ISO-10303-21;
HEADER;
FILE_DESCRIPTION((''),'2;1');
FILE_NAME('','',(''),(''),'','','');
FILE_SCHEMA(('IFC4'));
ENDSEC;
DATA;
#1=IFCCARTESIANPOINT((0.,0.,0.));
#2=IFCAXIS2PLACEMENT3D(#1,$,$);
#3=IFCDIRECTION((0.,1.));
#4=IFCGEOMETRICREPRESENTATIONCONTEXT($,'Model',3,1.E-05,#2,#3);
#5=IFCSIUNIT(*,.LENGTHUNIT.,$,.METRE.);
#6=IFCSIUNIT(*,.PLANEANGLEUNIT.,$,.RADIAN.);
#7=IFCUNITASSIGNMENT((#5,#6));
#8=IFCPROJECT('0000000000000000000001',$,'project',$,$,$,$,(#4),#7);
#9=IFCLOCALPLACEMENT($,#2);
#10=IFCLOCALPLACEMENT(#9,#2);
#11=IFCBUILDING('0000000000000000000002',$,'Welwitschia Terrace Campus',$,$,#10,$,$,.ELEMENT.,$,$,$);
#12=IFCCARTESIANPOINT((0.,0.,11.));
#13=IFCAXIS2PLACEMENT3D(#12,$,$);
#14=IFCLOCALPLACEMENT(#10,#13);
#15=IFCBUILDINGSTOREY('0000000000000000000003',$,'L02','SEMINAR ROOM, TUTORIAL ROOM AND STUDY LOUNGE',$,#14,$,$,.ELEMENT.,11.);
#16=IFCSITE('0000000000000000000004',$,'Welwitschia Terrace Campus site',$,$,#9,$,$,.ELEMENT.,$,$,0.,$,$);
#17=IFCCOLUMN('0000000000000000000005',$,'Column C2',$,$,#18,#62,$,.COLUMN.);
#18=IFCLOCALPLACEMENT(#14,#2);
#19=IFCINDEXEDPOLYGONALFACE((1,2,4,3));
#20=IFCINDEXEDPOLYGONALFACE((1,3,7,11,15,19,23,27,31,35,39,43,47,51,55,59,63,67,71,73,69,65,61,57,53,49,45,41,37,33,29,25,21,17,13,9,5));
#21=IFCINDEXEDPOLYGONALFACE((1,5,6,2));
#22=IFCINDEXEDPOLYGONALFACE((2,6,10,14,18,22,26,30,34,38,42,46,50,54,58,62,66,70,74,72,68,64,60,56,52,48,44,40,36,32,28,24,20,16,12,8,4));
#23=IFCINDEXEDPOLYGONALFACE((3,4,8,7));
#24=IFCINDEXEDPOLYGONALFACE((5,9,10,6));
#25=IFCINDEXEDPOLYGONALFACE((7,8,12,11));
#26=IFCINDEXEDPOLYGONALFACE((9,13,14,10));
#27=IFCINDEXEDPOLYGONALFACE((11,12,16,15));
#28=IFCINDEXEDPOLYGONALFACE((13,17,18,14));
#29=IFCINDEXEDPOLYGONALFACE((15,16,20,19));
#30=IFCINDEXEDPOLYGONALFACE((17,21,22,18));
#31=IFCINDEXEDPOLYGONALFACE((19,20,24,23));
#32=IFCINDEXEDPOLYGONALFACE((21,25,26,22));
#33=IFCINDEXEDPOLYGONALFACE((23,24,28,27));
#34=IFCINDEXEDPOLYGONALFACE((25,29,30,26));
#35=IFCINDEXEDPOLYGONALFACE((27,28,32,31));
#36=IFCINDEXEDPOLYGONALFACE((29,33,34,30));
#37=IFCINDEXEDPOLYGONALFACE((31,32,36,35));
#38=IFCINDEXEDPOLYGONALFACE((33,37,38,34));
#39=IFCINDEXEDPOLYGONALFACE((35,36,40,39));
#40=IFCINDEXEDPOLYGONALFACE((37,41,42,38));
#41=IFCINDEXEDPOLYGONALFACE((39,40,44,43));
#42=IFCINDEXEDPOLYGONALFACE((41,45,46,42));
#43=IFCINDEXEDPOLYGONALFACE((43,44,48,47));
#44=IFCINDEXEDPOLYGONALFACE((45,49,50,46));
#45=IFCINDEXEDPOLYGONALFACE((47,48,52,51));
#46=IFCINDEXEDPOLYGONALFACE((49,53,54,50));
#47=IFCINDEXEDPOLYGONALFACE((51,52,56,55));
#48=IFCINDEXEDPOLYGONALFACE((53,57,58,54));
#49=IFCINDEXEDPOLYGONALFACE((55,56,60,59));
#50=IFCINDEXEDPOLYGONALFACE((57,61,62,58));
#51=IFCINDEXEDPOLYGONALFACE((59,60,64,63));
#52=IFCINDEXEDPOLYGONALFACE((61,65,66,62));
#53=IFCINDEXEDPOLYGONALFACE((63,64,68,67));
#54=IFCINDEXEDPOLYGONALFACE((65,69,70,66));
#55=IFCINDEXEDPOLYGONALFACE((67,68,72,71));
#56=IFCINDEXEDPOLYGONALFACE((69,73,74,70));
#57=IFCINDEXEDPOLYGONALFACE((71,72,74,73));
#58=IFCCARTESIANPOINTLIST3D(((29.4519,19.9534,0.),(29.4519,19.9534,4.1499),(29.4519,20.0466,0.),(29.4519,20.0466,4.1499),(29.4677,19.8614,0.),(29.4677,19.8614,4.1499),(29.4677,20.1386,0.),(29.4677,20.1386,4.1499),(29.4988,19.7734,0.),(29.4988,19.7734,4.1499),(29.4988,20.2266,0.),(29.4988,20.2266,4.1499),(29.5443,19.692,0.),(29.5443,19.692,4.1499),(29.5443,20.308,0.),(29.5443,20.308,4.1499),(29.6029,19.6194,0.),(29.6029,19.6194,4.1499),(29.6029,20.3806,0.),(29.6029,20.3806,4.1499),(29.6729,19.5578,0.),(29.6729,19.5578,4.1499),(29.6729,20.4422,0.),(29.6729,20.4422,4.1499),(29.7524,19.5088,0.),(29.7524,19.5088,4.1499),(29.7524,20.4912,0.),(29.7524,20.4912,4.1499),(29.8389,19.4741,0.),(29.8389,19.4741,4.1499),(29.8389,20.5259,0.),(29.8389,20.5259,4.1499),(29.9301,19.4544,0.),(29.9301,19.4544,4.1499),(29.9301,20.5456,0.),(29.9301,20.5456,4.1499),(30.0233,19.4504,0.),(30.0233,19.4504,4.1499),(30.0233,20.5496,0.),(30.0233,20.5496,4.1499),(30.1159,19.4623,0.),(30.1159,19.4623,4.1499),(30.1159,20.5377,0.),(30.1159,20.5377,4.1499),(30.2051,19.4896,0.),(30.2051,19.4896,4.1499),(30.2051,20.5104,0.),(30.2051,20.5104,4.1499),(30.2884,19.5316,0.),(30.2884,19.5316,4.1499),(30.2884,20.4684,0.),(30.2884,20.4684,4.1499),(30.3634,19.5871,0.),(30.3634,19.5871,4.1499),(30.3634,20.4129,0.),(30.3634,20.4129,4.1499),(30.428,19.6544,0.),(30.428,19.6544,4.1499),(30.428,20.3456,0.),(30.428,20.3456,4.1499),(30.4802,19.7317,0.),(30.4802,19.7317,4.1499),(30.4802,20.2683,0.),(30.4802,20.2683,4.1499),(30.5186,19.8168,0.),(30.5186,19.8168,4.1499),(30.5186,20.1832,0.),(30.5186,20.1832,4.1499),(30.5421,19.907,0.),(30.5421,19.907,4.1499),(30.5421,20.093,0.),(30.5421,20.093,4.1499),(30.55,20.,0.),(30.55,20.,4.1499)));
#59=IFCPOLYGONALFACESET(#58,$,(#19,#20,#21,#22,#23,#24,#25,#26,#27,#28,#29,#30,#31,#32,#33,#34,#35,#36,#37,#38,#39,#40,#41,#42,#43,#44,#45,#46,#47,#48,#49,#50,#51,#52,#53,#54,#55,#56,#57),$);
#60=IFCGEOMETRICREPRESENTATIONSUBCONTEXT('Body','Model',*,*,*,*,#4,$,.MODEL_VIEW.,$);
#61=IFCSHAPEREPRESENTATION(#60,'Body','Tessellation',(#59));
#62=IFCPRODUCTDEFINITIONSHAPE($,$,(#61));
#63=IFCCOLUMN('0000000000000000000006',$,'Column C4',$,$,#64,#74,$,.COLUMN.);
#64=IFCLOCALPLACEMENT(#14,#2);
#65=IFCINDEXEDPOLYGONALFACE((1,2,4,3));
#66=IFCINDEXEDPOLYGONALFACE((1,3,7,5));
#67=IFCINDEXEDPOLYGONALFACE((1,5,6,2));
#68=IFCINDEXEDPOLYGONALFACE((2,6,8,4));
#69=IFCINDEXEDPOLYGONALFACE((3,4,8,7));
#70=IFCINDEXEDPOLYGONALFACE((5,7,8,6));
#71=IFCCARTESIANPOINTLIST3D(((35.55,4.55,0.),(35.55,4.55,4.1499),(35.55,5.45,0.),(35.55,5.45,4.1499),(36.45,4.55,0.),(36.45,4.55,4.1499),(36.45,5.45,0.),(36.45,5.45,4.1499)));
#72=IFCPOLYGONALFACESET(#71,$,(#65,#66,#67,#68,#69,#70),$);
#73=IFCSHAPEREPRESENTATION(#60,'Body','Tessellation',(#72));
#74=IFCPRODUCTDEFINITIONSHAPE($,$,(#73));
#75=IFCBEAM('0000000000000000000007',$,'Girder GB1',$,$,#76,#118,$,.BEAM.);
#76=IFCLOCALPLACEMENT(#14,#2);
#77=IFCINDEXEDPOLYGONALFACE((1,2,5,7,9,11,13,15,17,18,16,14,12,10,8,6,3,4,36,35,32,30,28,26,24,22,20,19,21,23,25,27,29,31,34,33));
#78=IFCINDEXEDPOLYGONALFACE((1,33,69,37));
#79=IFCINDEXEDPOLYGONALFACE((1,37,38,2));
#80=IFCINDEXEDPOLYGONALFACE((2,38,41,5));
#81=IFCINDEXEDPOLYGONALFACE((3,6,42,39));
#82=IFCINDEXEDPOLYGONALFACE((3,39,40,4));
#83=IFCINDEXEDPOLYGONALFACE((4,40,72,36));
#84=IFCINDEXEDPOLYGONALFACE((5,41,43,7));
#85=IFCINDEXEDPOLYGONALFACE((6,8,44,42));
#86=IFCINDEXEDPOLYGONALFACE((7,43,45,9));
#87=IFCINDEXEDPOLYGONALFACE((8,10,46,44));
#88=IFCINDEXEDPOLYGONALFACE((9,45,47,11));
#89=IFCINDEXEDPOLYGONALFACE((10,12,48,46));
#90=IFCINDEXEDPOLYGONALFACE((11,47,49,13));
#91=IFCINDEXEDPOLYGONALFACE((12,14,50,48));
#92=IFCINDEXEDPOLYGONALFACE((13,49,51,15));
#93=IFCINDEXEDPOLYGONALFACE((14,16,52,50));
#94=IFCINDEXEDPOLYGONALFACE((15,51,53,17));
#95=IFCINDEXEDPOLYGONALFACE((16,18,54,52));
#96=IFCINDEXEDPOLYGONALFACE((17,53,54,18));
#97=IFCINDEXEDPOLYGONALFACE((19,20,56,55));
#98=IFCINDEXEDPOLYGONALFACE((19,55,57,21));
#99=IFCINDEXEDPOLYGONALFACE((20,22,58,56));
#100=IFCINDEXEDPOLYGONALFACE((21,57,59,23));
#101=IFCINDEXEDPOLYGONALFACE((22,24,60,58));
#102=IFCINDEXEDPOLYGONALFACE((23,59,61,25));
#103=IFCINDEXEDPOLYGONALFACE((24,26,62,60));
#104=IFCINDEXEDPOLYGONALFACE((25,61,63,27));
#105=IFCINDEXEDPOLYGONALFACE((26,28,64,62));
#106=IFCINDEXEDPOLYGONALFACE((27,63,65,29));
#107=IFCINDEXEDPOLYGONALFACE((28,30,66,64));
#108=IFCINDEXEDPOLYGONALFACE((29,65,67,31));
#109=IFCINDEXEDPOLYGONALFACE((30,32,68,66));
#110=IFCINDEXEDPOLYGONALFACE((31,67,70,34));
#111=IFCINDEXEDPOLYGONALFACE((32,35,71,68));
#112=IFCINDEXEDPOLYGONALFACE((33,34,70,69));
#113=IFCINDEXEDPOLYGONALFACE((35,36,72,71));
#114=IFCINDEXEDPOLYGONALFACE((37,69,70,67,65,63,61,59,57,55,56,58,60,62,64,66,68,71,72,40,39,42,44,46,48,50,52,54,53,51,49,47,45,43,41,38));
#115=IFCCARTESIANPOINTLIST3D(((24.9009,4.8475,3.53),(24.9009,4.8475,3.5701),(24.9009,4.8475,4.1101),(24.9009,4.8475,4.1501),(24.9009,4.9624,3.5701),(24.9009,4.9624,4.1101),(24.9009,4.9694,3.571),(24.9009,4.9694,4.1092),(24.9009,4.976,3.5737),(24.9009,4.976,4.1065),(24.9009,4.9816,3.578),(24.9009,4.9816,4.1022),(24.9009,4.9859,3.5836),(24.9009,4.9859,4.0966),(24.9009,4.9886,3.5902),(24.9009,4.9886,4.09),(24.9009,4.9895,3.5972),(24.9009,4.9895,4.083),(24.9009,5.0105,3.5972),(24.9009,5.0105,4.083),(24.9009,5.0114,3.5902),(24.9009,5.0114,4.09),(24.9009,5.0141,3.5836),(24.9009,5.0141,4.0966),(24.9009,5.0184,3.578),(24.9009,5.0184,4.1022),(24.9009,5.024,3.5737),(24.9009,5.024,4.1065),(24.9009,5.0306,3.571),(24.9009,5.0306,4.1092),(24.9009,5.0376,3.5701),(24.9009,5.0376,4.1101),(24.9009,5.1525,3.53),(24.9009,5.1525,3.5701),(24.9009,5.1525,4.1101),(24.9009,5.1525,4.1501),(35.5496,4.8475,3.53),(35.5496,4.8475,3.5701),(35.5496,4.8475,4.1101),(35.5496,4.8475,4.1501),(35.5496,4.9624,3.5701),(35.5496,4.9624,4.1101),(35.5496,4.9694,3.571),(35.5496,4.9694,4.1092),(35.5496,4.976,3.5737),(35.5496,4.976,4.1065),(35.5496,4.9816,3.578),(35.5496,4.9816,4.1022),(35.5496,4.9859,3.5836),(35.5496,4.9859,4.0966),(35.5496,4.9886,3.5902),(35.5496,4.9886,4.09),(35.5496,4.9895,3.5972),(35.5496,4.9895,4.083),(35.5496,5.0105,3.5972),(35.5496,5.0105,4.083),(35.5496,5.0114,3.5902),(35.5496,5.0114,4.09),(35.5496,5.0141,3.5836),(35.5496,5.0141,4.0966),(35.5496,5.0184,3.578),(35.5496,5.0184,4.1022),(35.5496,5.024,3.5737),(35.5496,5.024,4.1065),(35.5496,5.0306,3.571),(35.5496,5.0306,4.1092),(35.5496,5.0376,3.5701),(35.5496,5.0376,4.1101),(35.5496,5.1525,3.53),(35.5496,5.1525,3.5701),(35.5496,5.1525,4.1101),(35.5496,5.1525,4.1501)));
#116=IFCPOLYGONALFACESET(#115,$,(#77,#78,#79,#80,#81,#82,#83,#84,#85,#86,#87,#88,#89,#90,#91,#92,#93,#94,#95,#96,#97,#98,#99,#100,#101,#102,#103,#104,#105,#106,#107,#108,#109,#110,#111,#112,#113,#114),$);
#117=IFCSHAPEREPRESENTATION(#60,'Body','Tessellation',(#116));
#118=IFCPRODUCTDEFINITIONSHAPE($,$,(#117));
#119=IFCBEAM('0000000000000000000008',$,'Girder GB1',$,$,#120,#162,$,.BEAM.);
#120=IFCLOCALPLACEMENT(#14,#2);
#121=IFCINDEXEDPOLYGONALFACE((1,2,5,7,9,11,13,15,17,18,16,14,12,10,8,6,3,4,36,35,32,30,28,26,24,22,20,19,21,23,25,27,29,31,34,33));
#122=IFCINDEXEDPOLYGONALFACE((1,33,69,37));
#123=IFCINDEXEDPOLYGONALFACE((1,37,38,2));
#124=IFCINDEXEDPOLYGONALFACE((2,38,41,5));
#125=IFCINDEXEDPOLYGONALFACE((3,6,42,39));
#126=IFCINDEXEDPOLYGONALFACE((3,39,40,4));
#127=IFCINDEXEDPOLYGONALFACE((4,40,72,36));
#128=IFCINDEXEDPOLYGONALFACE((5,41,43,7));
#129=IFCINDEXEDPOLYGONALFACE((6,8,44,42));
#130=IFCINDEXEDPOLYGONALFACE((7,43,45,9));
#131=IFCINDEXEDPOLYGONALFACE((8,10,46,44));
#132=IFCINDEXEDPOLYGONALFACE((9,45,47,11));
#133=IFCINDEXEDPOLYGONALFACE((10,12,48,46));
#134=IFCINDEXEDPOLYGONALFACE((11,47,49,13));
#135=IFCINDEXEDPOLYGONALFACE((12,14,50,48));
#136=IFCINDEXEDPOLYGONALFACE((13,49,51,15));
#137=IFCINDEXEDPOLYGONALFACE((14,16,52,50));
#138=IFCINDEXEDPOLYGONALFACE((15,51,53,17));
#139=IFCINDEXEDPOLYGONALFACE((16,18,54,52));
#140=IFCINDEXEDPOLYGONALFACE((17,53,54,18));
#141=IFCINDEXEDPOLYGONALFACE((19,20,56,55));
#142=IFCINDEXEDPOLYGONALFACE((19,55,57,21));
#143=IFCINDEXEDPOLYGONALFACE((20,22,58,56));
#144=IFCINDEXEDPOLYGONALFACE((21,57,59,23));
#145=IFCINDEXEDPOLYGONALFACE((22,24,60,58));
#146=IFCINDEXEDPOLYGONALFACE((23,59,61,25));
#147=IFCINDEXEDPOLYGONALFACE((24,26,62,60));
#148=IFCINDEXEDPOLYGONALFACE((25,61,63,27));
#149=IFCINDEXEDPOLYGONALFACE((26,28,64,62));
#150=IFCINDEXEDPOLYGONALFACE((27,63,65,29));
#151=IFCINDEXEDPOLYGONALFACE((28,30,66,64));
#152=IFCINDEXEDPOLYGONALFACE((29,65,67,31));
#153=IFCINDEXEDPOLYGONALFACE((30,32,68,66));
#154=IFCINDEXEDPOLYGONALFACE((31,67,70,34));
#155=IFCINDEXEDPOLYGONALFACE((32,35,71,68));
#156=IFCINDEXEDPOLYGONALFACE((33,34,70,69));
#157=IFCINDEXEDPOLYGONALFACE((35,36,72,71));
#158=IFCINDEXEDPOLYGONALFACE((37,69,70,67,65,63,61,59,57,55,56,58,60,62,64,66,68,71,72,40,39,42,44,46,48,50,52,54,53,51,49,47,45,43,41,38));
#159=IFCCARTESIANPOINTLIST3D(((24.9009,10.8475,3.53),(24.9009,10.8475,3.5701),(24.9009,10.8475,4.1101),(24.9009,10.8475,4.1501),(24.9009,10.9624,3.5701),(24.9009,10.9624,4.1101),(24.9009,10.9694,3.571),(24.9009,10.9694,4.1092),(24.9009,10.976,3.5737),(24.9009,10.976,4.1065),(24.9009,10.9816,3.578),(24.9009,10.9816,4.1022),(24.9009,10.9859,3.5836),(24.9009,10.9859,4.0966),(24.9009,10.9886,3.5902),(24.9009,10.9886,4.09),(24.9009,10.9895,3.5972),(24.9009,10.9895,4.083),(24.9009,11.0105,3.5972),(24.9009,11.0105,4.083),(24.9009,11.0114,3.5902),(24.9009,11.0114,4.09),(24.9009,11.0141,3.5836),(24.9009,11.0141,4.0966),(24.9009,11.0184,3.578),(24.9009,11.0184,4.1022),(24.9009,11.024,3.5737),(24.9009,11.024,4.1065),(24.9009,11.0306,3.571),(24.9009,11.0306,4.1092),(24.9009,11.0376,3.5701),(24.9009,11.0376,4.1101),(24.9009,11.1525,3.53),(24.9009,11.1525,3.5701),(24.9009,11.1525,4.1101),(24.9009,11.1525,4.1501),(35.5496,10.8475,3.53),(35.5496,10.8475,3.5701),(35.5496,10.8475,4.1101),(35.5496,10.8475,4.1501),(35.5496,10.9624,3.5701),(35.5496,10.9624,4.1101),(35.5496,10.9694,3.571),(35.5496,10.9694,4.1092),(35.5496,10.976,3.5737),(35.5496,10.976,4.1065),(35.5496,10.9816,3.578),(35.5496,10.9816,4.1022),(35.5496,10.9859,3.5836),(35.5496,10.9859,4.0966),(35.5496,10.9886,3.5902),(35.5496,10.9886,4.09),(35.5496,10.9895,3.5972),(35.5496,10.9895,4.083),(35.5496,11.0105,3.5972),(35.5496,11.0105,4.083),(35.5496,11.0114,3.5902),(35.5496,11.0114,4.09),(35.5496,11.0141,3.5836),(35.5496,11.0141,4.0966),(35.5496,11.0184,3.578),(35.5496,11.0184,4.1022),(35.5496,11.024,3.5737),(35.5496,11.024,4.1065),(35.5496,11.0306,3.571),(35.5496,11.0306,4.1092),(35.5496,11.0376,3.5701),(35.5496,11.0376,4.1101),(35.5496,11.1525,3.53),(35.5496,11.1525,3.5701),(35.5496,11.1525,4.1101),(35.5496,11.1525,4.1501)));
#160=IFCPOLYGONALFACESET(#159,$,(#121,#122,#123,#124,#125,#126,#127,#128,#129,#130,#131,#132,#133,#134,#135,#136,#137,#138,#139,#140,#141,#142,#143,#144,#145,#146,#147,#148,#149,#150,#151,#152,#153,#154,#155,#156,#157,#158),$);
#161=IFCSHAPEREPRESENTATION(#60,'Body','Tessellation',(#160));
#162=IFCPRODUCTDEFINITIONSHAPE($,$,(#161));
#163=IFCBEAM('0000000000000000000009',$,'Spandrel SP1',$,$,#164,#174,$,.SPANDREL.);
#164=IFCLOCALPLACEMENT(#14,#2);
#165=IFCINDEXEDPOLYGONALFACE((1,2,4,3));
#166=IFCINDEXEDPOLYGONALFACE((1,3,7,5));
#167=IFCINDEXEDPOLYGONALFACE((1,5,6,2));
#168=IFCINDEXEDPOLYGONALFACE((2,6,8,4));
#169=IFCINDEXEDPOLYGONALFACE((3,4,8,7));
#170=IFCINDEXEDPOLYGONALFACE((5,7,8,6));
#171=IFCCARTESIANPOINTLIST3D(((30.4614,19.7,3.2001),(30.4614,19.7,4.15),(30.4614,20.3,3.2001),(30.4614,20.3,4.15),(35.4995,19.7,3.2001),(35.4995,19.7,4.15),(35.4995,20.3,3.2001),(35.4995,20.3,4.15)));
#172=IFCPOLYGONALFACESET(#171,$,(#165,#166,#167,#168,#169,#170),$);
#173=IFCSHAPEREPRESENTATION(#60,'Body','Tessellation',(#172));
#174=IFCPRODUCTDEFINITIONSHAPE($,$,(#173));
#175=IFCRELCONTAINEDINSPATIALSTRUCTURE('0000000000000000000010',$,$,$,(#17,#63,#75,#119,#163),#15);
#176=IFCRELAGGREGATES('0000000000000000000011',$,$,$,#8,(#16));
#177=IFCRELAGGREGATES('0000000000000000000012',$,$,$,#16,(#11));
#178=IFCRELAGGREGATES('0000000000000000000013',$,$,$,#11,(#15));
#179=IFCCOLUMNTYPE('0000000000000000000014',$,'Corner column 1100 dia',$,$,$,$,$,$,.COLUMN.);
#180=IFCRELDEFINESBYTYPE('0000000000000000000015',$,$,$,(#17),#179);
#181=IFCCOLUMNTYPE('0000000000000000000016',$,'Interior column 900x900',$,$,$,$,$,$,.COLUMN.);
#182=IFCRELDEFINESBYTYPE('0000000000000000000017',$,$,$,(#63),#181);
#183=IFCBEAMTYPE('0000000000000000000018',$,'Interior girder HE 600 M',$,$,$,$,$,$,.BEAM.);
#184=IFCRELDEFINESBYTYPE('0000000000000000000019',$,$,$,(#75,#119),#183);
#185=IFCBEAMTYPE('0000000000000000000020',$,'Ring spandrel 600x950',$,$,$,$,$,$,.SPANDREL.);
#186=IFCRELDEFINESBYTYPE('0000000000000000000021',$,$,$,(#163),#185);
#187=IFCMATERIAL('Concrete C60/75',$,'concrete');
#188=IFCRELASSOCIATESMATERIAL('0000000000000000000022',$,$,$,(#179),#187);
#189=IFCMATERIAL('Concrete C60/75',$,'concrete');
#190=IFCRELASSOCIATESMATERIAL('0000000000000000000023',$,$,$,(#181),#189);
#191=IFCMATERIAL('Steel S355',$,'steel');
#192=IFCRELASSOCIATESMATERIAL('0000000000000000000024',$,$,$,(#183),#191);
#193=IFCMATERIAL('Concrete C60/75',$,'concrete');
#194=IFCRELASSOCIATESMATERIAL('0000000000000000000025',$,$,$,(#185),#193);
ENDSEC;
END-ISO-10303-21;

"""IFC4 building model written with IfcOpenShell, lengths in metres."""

from ifc_helpers import new_model, si_unit, direction, frame, origin, origin_2d, place, context, subcontext, project, spatial, rectangle, circle, i_section, extrude, material, material_profile, profile_set, type_object, element, save


model = new_model("IFC4")

# Units and contexts
model_context = context("Model", 3, precision=1e-05, world=origin(), true_north=direction((0.0, 1.0)))
body_context = subcontext(model_context, "Body", "Model", "MODEL_VIEW")
ifc_project = project(units=[si_unit("LENGTHUNIT", "METRE"), si_unit("PLANEANGLEUNIT", "RADIAN")], contexts=[model_context])

# Site, building, storey
site_placement = place(None, origin())
site = spatial("IfcSite", under=ifc_project, at=site_placement, Name="Welwitschia Terrace Campus site", CompositionType="ELEMENT", RefElevation=0.0)
building_placement = place(site_placement, origin())
building = spatial("IfcBuilding", under=site, at=building_placement, Name="Welwitschia Terrace Campus", CompositionType="ELEMENT")
storey_placement = place(building_placement, frame((0.0, 0.0, 11.0)))
storey = spatial("IfcBuildingStorey", under=building, at=storey_placement, Name="L02", Description="SEMINAR ROOM, TUTORIAL ROOM AND STUDY LOUNGE", CompositionType="ELEMENT", Elevation=11.0)

# Columns
ifc_material_1 = material(Name="Concrete C60/75", Category="concrete")
ifc_material_profile_1 = material_profile(ifc_material_1, circle(Radius=0.55, at=origin_2d()))
ifc_profile_set_1 = profile_set([ifc_material_profile_1], Name="Concrete C60/75")
column_type_1 = type_object("IfcColumnType", Name="Corner column 1100 dia", PredefinedType="COLUMN", material=ifc_profile_set_1)
column_1_placement = place(storey_placement, frame((30.0, 20.0, 0.0), z_axis=(0.0, 0.0, 1.0), x_axis=(1.0, 0.0, 0.0)))
element("IfcColumn", 1, at=column_1_placement, inside=storey, type_object=column_type_1, Name="Column C2", PredefinedType="COLUMN", context=body_context, shape_type="SweptSolid", body=[
    extrude(circle(Radius=0.55, at=origin_2d()), origin(), (0.0, 0.0, 1.0), 4.1499),
])
ifc_material_2 = material(Name="Concrete C60/75", Category="concrete")
ifc_material_profile_2 = material_profile(ifc_material_2, rectangle(XDim=0.8999, YDim=0.8999, at=origin_2d()))
ifc_profile_set_2 = profile_set([ifc_material_profile_2], Name="Concrete C60/75")
column_type_2 = type_object("IfcColumnType", Name="Interior column 900x900", PredefinedType="COLUMN", material=ifc_profile_set_2)
column_2_placement = place(storey_placement, frame((36.0, 5.0, 0.0), z_axis=(0.0, 0.0, 1.0), x_axis=(1.0, 0.0, 0.0)))
element("IfcColumn", 2, at=column_2_placement, inside=storey, type_object=column_type_2, Name="Column C4", PredefinedType="COLUMN", context=body_context, shape_type="SweptSolid", body=[
    extrude(rectangle(XDim=0.8999, YDim=0.8999, at=origin_2d()), origin(), (0.0, 0.0, 1.0), 4.1499),
])

# Beams
ifc_material_3 = material(Name="Steel S355", Category="steel")
ifc_material_profile_3 = material_profile(ifc_material_3, i_section(OverallWidth=0.3049, OverallDepth=0.6201, WebThickness=0.021, FlangeThickness=0.04, FilletRadius=0.0271, at=origin_2d()))
ifc_profile_set_3 = profile_set([ifc_material_profile_3], Name="Steel S355")
beam_type_1 = type_object("IfcBeamType", Name="Interior girder HE 600 M", PredefinedType="BEAM", material=ifc_profile_set_3)
for number, where, z_axis, x_axis, name in (
    (3, (24.9009, 5.0, 3.8401), (1.0, 0.0, 0.0), (0.0, 1.0, 0.0), "Girder GB1"),
    (4, (24.9009, 11.0, 3.8401), (1.0, 0.0, 0.0), (0.0, 1.0, 0.0), "Girder GB1"),
):
    element("IfcBeam", number, at=place(storey_placement, frame(where, z_axis=z_axis, x_axis=x_axis)), inside=storey, type_object=beam_type_1, Name=name, PredefinedType="BEAM", context=body_context, shape_type="SweptSolid", body=[
        extrude(i_section(OverallWidth=0.3049, OverallDepth=0.6201, WebThickness=0.021, FlangeThickness=0.04, FilletRadius=0.0271, at=origin_2d()), origin(), (0.0, 0.0, 1.0), 10.6487),
    ])
ifc_material_4 = material(Name="Concrete C60/75", Category="concrete")
ifc_material_profile_4 = material_profile(ifc_material_4, rectangle(XDim=0.6001, YDim=0.95, at=origin_2d()))
ifc_profile_set_4 = profile_set([ifc_material_profile_4], Name="Concrete C60/75")
beam_type_2 = type_object("IfcBeamType", Name="Ring spandrel 600x950", PredefinedType="SPANDREL", material=ifc_profile_set_4)
beam_placement = place(storey_placement, frame((35.4995, 20.0, 3.675), z_axis=(-1.0, 0.0, 0.0), x_axis=(0.0, -1.0, 0.0)))
element("IfcBeam", 5, at=beam_placement, inside=storey, type_object=beam_type_2, Name="Spandrel SP1", PredefinedType="SPANDREL", context=body_context, shape_type="SweptSolid", body=[
    extrude(rectangle(XDim=0.6001, YDim=0.95, at=origin_2d()), origin(), (0.0, 0.0, 1.0), 5.0381),
])

save(model, "model.ifc")
